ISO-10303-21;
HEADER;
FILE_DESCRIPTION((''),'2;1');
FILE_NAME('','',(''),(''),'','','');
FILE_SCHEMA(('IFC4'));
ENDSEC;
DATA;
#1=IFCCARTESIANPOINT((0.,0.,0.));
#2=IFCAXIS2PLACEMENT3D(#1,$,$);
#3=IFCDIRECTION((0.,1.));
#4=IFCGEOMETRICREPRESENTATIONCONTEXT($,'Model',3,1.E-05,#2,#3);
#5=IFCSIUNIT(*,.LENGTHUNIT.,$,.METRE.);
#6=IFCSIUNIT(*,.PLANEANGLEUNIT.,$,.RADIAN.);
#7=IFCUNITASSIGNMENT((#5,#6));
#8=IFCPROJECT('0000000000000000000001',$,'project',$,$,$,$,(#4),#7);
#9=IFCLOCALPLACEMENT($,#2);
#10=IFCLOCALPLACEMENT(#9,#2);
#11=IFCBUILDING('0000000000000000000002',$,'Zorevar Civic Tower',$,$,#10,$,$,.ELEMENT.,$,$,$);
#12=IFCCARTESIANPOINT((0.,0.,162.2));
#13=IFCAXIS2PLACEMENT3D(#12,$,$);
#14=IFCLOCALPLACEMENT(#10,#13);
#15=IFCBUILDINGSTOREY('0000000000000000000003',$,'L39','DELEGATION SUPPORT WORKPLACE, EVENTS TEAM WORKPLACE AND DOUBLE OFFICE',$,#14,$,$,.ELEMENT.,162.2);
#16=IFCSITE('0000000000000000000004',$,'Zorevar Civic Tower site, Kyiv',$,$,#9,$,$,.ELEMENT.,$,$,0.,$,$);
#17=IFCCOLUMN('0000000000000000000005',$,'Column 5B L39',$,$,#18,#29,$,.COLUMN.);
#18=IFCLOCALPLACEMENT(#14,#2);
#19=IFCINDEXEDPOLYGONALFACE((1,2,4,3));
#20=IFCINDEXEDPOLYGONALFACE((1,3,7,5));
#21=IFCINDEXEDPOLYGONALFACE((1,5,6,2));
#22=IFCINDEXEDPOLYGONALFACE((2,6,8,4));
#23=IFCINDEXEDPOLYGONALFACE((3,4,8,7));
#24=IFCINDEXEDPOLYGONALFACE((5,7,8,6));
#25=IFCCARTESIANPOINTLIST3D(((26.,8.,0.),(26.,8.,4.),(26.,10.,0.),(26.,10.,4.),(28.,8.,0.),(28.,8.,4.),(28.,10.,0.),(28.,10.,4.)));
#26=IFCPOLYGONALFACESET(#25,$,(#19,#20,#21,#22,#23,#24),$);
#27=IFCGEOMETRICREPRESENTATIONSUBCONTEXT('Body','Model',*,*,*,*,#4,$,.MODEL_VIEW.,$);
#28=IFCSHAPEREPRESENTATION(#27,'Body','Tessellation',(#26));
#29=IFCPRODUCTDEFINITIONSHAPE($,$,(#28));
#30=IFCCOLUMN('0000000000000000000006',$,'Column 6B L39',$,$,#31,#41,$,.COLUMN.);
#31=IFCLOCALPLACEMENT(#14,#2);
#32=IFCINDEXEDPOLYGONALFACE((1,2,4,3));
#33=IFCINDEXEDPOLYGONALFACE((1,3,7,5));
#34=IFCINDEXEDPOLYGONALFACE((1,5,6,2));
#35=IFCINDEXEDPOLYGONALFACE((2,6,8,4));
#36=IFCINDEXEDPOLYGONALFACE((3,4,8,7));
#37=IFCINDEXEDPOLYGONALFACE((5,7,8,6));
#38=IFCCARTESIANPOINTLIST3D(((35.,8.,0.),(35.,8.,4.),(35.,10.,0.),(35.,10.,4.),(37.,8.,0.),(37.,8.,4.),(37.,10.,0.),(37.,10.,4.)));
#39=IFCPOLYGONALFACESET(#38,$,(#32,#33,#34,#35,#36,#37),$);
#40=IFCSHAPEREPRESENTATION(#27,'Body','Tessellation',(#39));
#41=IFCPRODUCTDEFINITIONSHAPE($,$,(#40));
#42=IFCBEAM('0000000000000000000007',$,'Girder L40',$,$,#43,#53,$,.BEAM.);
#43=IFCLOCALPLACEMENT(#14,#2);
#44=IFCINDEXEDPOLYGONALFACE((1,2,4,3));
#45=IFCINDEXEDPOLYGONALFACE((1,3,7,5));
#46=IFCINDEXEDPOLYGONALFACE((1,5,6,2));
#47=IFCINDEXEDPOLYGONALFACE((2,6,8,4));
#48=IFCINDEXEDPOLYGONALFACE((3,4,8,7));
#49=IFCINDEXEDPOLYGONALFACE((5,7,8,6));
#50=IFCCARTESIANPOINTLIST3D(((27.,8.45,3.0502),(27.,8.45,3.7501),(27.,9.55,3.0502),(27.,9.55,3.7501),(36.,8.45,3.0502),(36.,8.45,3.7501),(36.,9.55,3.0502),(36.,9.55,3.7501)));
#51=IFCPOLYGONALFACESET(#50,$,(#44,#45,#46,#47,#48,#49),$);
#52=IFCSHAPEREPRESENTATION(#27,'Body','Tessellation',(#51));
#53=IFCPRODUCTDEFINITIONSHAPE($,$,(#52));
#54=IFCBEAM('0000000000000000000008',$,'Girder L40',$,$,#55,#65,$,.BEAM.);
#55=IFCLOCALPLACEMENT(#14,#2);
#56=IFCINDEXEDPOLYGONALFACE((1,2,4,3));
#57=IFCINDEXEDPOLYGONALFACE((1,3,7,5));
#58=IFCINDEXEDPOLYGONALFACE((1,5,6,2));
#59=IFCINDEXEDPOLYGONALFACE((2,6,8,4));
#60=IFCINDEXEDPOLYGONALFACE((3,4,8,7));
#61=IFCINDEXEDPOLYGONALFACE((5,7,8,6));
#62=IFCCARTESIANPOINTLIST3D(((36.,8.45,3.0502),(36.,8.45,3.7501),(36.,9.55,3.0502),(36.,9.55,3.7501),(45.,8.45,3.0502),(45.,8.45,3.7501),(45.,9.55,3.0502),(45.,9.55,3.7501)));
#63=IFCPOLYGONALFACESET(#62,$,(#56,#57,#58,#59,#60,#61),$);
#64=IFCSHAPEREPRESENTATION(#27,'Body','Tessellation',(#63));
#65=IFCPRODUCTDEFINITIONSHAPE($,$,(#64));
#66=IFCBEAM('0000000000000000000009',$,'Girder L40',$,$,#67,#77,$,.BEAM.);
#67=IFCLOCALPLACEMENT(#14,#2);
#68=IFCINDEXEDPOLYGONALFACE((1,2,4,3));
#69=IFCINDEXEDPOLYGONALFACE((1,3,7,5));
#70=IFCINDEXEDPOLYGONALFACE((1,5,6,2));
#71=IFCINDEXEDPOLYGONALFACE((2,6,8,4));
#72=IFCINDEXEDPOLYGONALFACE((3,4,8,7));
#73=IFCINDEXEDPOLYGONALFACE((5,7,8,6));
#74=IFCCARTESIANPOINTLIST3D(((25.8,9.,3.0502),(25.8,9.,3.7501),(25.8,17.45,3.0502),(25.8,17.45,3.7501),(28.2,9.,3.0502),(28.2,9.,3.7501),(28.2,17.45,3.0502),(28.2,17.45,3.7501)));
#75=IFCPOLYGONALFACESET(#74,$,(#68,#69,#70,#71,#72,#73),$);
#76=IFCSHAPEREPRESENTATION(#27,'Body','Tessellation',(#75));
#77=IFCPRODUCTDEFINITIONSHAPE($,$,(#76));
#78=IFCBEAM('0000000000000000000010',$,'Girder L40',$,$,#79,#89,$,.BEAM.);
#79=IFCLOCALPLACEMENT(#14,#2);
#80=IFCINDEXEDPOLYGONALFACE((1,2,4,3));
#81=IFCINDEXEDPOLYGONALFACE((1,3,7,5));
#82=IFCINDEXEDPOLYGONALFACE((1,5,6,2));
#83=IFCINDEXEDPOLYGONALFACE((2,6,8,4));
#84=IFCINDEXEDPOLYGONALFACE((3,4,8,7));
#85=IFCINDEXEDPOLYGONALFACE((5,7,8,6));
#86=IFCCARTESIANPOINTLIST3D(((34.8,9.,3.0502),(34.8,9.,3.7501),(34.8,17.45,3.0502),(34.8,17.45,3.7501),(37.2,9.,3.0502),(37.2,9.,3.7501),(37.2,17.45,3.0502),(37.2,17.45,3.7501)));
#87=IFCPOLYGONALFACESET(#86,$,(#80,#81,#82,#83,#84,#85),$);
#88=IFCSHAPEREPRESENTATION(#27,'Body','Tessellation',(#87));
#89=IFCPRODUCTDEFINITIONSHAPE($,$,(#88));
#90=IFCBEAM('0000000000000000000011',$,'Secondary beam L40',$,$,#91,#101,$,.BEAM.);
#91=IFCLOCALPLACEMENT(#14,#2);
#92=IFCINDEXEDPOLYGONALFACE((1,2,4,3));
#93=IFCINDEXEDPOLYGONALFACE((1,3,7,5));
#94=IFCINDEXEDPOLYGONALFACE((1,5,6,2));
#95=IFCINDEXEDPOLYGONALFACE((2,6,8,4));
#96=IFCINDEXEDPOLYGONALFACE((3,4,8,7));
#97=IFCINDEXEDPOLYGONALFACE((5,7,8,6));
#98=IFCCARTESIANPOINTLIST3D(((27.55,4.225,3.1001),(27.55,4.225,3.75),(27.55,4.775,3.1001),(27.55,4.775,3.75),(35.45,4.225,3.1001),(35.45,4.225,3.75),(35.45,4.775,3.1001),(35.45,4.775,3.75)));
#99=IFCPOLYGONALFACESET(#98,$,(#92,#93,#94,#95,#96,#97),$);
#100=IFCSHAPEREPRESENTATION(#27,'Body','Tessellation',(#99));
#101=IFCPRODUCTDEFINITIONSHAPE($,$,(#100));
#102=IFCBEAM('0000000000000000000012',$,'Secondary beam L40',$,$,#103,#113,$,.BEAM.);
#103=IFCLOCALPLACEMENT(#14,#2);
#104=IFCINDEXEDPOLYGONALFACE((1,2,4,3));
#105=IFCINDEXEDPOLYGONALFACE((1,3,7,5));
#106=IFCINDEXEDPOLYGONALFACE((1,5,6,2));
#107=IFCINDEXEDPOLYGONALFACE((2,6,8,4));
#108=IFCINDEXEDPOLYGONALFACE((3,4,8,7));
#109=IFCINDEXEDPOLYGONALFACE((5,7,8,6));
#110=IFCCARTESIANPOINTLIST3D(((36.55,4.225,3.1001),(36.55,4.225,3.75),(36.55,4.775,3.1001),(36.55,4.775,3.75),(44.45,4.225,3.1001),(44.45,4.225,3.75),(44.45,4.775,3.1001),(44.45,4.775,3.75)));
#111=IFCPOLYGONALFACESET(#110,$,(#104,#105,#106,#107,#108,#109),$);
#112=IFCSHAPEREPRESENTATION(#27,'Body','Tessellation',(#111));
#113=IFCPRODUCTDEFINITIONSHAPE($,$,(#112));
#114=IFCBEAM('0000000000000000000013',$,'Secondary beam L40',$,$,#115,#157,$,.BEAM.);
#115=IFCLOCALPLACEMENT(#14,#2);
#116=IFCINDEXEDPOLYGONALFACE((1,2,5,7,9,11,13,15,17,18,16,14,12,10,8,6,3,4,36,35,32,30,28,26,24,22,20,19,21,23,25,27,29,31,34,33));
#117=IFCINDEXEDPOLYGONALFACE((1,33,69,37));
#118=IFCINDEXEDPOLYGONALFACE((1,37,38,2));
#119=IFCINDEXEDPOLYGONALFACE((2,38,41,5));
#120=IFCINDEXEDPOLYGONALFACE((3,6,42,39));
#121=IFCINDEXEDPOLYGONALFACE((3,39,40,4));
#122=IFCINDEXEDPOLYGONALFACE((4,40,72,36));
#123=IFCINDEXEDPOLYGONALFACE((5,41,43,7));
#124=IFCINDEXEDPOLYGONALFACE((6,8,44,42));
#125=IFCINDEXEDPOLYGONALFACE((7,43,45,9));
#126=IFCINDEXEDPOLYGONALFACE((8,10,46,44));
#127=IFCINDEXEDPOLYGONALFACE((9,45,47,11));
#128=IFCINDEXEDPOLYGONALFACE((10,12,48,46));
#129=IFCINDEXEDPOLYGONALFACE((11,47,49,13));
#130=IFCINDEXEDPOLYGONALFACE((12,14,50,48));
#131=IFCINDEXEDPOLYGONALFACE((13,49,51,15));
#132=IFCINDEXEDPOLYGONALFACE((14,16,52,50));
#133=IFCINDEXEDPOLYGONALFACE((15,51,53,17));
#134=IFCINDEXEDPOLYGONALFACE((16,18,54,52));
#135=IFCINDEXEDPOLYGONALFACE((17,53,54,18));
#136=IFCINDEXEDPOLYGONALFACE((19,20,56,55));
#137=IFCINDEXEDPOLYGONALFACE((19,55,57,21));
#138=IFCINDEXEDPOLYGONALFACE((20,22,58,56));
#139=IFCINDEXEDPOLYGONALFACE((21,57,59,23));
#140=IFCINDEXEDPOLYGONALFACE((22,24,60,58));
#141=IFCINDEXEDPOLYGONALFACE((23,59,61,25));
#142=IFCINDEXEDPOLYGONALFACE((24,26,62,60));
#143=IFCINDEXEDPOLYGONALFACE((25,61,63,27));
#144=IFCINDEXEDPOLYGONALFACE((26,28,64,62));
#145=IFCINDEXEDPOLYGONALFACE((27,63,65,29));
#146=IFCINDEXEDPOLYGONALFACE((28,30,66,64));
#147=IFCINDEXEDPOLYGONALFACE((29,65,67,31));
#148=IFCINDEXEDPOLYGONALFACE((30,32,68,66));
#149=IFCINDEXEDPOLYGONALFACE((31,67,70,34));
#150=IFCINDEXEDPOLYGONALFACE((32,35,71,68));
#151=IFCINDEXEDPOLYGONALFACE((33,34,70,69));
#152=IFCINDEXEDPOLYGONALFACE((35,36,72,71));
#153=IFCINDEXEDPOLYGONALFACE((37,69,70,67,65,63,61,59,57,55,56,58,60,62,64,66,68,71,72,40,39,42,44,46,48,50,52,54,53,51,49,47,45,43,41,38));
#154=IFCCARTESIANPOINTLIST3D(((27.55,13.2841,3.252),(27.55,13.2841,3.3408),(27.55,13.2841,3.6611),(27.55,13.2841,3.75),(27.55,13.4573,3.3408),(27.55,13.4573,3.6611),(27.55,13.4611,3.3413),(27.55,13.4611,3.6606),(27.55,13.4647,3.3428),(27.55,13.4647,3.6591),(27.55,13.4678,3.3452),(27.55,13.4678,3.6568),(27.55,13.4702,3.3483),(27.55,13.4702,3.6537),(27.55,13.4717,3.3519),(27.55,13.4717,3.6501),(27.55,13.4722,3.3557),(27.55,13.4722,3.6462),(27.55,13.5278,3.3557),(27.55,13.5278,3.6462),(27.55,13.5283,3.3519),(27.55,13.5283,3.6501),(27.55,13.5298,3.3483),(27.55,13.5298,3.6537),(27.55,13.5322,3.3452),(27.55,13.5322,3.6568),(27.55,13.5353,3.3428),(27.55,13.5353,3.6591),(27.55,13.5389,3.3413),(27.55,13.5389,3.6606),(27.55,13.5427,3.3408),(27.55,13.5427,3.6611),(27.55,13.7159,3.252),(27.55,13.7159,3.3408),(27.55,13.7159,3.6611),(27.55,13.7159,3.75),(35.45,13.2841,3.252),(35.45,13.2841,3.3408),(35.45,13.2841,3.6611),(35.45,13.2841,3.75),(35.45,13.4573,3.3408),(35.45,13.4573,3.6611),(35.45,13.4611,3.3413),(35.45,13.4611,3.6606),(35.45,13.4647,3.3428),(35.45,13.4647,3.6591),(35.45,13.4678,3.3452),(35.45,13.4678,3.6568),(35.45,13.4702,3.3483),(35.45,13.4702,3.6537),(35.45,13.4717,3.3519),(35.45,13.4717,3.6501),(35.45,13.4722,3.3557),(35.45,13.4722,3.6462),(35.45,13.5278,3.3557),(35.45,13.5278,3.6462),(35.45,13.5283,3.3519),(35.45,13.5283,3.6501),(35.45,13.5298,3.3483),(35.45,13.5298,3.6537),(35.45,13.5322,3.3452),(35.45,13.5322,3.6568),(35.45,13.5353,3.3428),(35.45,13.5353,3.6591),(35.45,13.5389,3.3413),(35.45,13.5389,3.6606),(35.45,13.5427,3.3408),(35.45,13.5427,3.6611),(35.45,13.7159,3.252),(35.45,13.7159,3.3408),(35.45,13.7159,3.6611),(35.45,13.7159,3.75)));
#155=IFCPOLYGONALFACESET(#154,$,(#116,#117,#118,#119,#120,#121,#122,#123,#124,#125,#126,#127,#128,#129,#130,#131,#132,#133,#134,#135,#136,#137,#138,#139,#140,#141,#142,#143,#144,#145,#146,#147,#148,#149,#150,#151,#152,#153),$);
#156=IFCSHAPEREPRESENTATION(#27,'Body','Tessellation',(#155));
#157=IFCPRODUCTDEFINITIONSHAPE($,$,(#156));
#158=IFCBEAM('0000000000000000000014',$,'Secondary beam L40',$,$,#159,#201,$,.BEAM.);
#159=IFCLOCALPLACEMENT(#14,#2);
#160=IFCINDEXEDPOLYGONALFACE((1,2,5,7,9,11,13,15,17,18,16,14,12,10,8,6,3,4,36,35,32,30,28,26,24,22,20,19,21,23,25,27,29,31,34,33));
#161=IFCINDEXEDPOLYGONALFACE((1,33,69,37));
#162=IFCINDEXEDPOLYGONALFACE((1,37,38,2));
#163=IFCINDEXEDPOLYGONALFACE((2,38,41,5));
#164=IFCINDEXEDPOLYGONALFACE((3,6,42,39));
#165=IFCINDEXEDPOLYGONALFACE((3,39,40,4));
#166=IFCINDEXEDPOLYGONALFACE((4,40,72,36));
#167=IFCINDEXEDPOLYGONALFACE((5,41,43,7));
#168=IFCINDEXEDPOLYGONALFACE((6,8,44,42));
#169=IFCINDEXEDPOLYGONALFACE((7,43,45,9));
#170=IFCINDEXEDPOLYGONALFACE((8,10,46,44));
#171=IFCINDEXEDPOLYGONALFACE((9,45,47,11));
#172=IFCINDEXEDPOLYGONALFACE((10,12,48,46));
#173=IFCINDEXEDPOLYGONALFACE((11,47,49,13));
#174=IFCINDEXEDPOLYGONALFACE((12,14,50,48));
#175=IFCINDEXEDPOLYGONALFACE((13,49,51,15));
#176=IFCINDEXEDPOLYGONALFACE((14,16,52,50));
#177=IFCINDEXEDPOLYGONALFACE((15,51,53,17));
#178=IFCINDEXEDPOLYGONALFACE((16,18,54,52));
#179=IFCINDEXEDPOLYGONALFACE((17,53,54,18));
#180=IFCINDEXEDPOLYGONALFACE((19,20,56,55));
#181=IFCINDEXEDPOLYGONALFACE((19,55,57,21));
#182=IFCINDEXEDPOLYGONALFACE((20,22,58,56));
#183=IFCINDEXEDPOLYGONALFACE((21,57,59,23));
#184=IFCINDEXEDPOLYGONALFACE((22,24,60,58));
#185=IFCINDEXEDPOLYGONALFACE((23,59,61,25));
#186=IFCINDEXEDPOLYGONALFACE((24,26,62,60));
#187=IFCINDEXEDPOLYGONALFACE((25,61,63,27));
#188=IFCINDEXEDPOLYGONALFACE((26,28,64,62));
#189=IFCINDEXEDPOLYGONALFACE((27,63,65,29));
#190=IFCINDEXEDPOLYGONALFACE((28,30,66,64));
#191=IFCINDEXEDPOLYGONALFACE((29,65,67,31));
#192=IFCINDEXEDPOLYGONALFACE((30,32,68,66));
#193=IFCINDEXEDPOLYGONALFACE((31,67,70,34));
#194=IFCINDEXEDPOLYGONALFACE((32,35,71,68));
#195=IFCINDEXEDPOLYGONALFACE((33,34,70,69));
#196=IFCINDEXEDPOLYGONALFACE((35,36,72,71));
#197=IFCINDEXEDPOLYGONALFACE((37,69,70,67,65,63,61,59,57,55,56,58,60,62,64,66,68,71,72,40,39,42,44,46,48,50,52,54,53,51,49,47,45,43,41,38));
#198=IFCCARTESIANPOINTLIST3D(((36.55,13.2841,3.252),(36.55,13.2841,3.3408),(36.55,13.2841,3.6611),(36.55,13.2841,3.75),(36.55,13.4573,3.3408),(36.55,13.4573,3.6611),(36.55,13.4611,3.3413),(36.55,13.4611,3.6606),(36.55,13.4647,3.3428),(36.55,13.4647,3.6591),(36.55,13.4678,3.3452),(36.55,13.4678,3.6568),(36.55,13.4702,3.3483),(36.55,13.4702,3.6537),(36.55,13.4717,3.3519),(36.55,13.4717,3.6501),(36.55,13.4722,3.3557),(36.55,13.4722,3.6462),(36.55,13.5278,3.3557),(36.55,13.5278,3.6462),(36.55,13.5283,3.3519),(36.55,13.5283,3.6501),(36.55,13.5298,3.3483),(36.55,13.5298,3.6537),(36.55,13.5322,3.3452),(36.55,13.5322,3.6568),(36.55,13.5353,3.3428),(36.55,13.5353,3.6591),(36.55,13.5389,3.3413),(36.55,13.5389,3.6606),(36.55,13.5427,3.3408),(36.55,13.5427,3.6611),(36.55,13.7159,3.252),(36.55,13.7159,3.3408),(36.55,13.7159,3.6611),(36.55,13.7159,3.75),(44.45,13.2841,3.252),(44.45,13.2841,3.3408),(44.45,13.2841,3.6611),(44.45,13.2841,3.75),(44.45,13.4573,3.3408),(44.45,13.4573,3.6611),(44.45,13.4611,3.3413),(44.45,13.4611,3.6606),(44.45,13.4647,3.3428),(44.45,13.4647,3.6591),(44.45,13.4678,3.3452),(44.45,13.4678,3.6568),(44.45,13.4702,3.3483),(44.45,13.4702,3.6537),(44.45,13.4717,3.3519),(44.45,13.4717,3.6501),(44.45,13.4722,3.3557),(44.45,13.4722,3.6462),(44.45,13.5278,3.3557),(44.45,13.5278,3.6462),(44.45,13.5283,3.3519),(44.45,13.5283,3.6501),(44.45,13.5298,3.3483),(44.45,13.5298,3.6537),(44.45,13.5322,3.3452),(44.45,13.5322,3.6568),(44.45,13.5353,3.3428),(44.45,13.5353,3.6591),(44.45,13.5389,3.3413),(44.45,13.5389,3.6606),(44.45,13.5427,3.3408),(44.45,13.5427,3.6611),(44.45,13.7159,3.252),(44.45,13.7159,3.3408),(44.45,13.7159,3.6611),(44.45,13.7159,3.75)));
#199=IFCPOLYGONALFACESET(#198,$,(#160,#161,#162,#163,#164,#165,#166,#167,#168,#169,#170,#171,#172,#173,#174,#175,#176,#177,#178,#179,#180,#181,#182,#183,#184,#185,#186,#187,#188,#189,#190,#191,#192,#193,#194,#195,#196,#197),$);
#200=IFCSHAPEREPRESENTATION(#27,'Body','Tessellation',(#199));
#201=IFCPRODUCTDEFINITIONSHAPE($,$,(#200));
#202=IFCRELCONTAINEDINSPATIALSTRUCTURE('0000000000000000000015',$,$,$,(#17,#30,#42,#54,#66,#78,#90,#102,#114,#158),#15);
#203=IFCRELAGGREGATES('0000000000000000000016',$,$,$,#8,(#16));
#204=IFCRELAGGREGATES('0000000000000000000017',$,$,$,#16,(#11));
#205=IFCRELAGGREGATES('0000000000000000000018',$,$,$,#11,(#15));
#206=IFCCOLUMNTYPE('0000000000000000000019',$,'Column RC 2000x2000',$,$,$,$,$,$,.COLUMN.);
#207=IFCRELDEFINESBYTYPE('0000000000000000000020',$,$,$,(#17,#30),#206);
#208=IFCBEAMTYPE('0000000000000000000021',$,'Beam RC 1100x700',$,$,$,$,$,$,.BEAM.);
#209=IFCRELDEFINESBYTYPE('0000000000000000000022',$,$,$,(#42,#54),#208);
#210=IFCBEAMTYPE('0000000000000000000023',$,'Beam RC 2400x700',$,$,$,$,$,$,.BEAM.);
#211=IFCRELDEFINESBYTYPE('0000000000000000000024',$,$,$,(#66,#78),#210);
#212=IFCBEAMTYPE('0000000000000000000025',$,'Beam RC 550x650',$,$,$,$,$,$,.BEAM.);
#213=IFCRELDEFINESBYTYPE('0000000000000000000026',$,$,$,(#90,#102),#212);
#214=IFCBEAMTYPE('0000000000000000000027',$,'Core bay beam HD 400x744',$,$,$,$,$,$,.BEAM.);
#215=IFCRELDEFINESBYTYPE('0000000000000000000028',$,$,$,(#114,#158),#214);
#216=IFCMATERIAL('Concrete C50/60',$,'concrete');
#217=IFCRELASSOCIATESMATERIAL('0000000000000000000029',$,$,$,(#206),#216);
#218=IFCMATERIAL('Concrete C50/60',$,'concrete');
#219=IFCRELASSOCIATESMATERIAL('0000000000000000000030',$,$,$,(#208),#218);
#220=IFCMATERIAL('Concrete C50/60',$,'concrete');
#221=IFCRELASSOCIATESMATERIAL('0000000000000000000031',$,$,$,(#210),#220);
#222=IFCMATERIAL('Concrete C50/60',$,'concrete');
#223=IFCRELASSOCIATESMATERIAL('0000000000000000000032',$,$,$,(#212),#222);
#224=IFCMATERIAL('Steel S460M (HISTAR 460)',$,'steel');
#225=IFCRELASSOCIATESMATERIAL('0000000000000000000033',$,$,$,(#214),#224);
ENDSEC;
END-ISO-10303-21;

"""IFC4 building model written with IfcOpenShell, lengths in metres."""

from ifc_helpers import new_model, si_unit, direction, frame, origin, origin_2d, place, context, subcontext, project, spatial, rectangle, i_section, extrude, material, material_profile, profile_set, type_object, element, save


model = new_model("IFC4")

# Units and contexts
model_context = context("Model", 3, precision=1e-05, world=origin(), true_north=direction((0.0, 1.0)))
body_context = subcontext(model_context, "Body", "Model", "MODEL_VIEW")
ifc_project = project(units=[si_unit("LENGTHUNIT", "METRE"), si_unit("PLANEANGLEUNIT", "RADIAN")], contexts=[model_context])

# Site, building, storey
site_placement = place(None, origin())
site = spatial("IfcSite", under=ifc_project, at=site_placement, Name="Zorevar Civic Tower site, Kyiv", CompositionType="ELEMENT", RefElevation=0.0)
building_placement = place(site_placement, origin())
building = spatial("IfcBuilding", under=site, at=building_placement, Name="Zorevar Civic Tower", CompositionType="ELEMENT")
storey_placement = place(building_placement, frame((0.0, 0.0, 162.2)))
storey = spatial("IfcBuildingStorey", under=building, at=storey_placement, Name="L39", Description="DELEGATION SUPPORT WORKPLACE, EVENTS TEAM WORKPLACE AND DOUBLE OFFICE", CompositionType="ELEMENT", Elevation=162.2)

# Columns
ifc_material_1 = material(Name="Concrete C50/60", Category="concrete")
ifc_material_profile_1 = material_profile(ifc_material_1, rectangle(XDim=2.0, YDim=2.0, at=origin_2d()), Name="RC 2000x2000")
ifc_profile_set_1 = profile_set([ifc_material_profile_1], Name="Concrete C50/60")
column_type = type_object("IfcColumnType", Name="Column RC 2000x2000", PredefinedType="COLUMN", material=ifc_profile_set_1)
for number, where, z_axis, x_axis, name in (
    (1, (27.0, 9.0, 0.0), (0.0, 0.0, 1.0), (1.0, 0.0, 0.0), "Column 5B L39"),
    (2, (36.0, 9.0, 0.0), (0.0, 0.0, 1.0), (1.0, 0.0, 0.0), "Column 6B L39"),
):
    element("IfcColumn", number, at=place(storey_placement, frame(where, z_axis=z_axis, x_axis=x_axis)), inside=storey, type_object=column_type, Name=name, PredefinedType="COLUMN", context=body_context, shape_type="SweptSolid", body=[
        extrude(rectangle(XDim=2.0, YDim=2.0, at=origin_2d()), origin(), (0.0, 0.0, 1.0), 4.0),
    ])

# Beams
ifc_material_2 = material(Name="Concrete C50/60", Category="concrete")
ifc_material_profile_2 = material_profile(ifc_material_2, rectangle(XDim=1.1001, YDim=0.7, at=origin_2d()), Name="RC 1100x700")
ifc_profile_set_2 = profile_set([ifc_material_profile_2], Name="Concrete C50/60")
beam_type_1 = type_object("IfcBeamType", Name="Beam RC 1100x700", PredefinedType="BEAM", material=ifc_profile_set_2)
for number, where, z_axis, x_axis, name in (
    (3, (27.0, 9.0, 3.4001), (1.0, 0.0, 0.0), (0.0, 1.0, 0.0), "Girder L40"),
    (4, (36.0, 9.0, 3.4001), (1.0, 0.0, 0.0), (0.0, 1.0, 0.0), "Girder L40"),
):
    element("IfcBeam", number, at=place(storey_placement, frame(where, z_axis=z_axis, x_axis=x_axis)), inside=storey, type_object=beam_type_1, Name=name, PredefinedType="BEAM", context=body_context, shape_type="SweptSolid", body=[
        extrude(rectangle(XDim=1.1001, YDim=0.7, at=origin_2d()), origin(), (0.0, 0.0, 1.0), 9.0),
    ])
ifc_material_3 = material(Name="Concrete C50/60", Category="concrete")
ifc_material_profile_3 = material_profile(ifc_material_3, rectangle(XDim=2.3999, YDim=0.7, at=origin_2d()), Name="RC 2400x700")
ifc_profile_set_3 = profile_set([ifc_material_profile_3], Name="Concrete C50/60")
beam_type_2 = type_object("IfcBeamType", Name="Beam RC 2400x700", PredefinedType="BEAM", material=ifc_profile_set_3)
for number, where, z_axis, x_axis, name in (
    (5, (27.0, 9.0, 3.4001), (0.0, 1.0, 0.0), (-1.0, 0.0, 0.0), "Girder L40"),
    (6, (36.0, 9.0, 3.4001), (0.0, 1.0, 0.0), (-1.0, 0.0, 0.0), "Girder L40"),
):
    element("IfcBeam", number, at=place(storey_placement, frame(where, z_axis=z_axis, x_axis=x_axis)), inside=storey, type_object=beam_type_2, Name=name, PredefinedType="BEAM", context=body_context, shape_type="SweptSolid", body=[
        extrude(rectangle(XDim=2.3999, YDim=0.7, at=origin_2d()), origin(), (0.0, 0.0, 1.0), 8.45),
    ])
ifc_material_4 = material(Name="Concrete C50/60", Category="concrete")
ifc_material_profile_4 = material_profile(ifc_material_4, rectangle(XDim=0.55, YDim=0.6499, at=origin_2d()), Name="RC 550x650")
ifc_profile_set_4 = profile_set([ifc_material_profile_4], Name="Concrete C50/60")
beam_type_3 = type_object("IfcBeamType", Name="Beam RC 550x650", PredefinedType="BEAM", material=ifc_profile_set_4)
for number, where, z_axis, x_axis, name in (
    (7, (27.55, 4.5, 3.425), (1.0, 0.0, 0.0), (0.0, 1.0, 0.0), "Secondary beam L40"),
    (8, (36.55, 4.5, 3.425), (1.0, 0.0, 0.0), (0.0, 1.0, 0.0), "Secondary beam L40"),
):
    element("IfcBeam", number, at=place(storey_placement, frame(where, z_axis=z_axis, x_axis=x_axis)), inside=storey, type_object=beam_type_3, Name=name, PredefinedType="BEAM", context=body_context, shape_type="SweptSolid", body=[
        extrude(rectangle(XDim=0.55, YDim=0.6499, at=origin_2d()), origin(), (0.0, 0.0, 1.0), 7.8999),
    ])
ifc_material_5 = material(Name="Steel S460M (HISTAR 460)", Category="steel")
ifc_material_profile_5 = material_profile(ifc_material_5, i_section(OverallWidth=0.4319, OverallDepth=0.498, WebThickness=0.0557, FlangeThickness=0.0889, FilletRadius=0.0149, at=origin_2d()), Name="HD 400x744")
ifc_profile_set_5 = profile_set([ifc_material_profile_5], Name="Steel S460M (HISTAR 460)")
beam_type_4 = type_object("IfcBeamType", Name="Core bay beam HD 400x744", PredefinedType="BEAM", material=ifc_profile_set_5)
for number, where, z_axis, x_axis, name in (
    (9, (27.55, 13.5, 3.501), (1.0, 0.0, 0.0), (0.0, 1.0, 0.0), "Secondary beam L40"),
    (10, (36.55, 13.5, 3.501), (1.0, 0.0, 0.0), (0.0, 1.0, 0.0), "Secondary beam L40"),
):
    element("IfcBeam", number, at=place(storey_placement, frame(where, z_axis=z_axis, x_axis=x_axis)), inside=storey, type_object=beam_type_4, Name=name, PredefinedType="BEAM", context=body_context, shape_type="SweptSolid", body=[
        extrude(i_section(OverallWidth=0.4319, OverallDepth=0.498, WebThickness=0.0557, FlangeThickness=0.0889, FilletRadius=0.0149, at=origin_2d()), origin(), (0.0, 0.0, 1.0), 7.8999),
    ])

save(model, "model.ifc")
